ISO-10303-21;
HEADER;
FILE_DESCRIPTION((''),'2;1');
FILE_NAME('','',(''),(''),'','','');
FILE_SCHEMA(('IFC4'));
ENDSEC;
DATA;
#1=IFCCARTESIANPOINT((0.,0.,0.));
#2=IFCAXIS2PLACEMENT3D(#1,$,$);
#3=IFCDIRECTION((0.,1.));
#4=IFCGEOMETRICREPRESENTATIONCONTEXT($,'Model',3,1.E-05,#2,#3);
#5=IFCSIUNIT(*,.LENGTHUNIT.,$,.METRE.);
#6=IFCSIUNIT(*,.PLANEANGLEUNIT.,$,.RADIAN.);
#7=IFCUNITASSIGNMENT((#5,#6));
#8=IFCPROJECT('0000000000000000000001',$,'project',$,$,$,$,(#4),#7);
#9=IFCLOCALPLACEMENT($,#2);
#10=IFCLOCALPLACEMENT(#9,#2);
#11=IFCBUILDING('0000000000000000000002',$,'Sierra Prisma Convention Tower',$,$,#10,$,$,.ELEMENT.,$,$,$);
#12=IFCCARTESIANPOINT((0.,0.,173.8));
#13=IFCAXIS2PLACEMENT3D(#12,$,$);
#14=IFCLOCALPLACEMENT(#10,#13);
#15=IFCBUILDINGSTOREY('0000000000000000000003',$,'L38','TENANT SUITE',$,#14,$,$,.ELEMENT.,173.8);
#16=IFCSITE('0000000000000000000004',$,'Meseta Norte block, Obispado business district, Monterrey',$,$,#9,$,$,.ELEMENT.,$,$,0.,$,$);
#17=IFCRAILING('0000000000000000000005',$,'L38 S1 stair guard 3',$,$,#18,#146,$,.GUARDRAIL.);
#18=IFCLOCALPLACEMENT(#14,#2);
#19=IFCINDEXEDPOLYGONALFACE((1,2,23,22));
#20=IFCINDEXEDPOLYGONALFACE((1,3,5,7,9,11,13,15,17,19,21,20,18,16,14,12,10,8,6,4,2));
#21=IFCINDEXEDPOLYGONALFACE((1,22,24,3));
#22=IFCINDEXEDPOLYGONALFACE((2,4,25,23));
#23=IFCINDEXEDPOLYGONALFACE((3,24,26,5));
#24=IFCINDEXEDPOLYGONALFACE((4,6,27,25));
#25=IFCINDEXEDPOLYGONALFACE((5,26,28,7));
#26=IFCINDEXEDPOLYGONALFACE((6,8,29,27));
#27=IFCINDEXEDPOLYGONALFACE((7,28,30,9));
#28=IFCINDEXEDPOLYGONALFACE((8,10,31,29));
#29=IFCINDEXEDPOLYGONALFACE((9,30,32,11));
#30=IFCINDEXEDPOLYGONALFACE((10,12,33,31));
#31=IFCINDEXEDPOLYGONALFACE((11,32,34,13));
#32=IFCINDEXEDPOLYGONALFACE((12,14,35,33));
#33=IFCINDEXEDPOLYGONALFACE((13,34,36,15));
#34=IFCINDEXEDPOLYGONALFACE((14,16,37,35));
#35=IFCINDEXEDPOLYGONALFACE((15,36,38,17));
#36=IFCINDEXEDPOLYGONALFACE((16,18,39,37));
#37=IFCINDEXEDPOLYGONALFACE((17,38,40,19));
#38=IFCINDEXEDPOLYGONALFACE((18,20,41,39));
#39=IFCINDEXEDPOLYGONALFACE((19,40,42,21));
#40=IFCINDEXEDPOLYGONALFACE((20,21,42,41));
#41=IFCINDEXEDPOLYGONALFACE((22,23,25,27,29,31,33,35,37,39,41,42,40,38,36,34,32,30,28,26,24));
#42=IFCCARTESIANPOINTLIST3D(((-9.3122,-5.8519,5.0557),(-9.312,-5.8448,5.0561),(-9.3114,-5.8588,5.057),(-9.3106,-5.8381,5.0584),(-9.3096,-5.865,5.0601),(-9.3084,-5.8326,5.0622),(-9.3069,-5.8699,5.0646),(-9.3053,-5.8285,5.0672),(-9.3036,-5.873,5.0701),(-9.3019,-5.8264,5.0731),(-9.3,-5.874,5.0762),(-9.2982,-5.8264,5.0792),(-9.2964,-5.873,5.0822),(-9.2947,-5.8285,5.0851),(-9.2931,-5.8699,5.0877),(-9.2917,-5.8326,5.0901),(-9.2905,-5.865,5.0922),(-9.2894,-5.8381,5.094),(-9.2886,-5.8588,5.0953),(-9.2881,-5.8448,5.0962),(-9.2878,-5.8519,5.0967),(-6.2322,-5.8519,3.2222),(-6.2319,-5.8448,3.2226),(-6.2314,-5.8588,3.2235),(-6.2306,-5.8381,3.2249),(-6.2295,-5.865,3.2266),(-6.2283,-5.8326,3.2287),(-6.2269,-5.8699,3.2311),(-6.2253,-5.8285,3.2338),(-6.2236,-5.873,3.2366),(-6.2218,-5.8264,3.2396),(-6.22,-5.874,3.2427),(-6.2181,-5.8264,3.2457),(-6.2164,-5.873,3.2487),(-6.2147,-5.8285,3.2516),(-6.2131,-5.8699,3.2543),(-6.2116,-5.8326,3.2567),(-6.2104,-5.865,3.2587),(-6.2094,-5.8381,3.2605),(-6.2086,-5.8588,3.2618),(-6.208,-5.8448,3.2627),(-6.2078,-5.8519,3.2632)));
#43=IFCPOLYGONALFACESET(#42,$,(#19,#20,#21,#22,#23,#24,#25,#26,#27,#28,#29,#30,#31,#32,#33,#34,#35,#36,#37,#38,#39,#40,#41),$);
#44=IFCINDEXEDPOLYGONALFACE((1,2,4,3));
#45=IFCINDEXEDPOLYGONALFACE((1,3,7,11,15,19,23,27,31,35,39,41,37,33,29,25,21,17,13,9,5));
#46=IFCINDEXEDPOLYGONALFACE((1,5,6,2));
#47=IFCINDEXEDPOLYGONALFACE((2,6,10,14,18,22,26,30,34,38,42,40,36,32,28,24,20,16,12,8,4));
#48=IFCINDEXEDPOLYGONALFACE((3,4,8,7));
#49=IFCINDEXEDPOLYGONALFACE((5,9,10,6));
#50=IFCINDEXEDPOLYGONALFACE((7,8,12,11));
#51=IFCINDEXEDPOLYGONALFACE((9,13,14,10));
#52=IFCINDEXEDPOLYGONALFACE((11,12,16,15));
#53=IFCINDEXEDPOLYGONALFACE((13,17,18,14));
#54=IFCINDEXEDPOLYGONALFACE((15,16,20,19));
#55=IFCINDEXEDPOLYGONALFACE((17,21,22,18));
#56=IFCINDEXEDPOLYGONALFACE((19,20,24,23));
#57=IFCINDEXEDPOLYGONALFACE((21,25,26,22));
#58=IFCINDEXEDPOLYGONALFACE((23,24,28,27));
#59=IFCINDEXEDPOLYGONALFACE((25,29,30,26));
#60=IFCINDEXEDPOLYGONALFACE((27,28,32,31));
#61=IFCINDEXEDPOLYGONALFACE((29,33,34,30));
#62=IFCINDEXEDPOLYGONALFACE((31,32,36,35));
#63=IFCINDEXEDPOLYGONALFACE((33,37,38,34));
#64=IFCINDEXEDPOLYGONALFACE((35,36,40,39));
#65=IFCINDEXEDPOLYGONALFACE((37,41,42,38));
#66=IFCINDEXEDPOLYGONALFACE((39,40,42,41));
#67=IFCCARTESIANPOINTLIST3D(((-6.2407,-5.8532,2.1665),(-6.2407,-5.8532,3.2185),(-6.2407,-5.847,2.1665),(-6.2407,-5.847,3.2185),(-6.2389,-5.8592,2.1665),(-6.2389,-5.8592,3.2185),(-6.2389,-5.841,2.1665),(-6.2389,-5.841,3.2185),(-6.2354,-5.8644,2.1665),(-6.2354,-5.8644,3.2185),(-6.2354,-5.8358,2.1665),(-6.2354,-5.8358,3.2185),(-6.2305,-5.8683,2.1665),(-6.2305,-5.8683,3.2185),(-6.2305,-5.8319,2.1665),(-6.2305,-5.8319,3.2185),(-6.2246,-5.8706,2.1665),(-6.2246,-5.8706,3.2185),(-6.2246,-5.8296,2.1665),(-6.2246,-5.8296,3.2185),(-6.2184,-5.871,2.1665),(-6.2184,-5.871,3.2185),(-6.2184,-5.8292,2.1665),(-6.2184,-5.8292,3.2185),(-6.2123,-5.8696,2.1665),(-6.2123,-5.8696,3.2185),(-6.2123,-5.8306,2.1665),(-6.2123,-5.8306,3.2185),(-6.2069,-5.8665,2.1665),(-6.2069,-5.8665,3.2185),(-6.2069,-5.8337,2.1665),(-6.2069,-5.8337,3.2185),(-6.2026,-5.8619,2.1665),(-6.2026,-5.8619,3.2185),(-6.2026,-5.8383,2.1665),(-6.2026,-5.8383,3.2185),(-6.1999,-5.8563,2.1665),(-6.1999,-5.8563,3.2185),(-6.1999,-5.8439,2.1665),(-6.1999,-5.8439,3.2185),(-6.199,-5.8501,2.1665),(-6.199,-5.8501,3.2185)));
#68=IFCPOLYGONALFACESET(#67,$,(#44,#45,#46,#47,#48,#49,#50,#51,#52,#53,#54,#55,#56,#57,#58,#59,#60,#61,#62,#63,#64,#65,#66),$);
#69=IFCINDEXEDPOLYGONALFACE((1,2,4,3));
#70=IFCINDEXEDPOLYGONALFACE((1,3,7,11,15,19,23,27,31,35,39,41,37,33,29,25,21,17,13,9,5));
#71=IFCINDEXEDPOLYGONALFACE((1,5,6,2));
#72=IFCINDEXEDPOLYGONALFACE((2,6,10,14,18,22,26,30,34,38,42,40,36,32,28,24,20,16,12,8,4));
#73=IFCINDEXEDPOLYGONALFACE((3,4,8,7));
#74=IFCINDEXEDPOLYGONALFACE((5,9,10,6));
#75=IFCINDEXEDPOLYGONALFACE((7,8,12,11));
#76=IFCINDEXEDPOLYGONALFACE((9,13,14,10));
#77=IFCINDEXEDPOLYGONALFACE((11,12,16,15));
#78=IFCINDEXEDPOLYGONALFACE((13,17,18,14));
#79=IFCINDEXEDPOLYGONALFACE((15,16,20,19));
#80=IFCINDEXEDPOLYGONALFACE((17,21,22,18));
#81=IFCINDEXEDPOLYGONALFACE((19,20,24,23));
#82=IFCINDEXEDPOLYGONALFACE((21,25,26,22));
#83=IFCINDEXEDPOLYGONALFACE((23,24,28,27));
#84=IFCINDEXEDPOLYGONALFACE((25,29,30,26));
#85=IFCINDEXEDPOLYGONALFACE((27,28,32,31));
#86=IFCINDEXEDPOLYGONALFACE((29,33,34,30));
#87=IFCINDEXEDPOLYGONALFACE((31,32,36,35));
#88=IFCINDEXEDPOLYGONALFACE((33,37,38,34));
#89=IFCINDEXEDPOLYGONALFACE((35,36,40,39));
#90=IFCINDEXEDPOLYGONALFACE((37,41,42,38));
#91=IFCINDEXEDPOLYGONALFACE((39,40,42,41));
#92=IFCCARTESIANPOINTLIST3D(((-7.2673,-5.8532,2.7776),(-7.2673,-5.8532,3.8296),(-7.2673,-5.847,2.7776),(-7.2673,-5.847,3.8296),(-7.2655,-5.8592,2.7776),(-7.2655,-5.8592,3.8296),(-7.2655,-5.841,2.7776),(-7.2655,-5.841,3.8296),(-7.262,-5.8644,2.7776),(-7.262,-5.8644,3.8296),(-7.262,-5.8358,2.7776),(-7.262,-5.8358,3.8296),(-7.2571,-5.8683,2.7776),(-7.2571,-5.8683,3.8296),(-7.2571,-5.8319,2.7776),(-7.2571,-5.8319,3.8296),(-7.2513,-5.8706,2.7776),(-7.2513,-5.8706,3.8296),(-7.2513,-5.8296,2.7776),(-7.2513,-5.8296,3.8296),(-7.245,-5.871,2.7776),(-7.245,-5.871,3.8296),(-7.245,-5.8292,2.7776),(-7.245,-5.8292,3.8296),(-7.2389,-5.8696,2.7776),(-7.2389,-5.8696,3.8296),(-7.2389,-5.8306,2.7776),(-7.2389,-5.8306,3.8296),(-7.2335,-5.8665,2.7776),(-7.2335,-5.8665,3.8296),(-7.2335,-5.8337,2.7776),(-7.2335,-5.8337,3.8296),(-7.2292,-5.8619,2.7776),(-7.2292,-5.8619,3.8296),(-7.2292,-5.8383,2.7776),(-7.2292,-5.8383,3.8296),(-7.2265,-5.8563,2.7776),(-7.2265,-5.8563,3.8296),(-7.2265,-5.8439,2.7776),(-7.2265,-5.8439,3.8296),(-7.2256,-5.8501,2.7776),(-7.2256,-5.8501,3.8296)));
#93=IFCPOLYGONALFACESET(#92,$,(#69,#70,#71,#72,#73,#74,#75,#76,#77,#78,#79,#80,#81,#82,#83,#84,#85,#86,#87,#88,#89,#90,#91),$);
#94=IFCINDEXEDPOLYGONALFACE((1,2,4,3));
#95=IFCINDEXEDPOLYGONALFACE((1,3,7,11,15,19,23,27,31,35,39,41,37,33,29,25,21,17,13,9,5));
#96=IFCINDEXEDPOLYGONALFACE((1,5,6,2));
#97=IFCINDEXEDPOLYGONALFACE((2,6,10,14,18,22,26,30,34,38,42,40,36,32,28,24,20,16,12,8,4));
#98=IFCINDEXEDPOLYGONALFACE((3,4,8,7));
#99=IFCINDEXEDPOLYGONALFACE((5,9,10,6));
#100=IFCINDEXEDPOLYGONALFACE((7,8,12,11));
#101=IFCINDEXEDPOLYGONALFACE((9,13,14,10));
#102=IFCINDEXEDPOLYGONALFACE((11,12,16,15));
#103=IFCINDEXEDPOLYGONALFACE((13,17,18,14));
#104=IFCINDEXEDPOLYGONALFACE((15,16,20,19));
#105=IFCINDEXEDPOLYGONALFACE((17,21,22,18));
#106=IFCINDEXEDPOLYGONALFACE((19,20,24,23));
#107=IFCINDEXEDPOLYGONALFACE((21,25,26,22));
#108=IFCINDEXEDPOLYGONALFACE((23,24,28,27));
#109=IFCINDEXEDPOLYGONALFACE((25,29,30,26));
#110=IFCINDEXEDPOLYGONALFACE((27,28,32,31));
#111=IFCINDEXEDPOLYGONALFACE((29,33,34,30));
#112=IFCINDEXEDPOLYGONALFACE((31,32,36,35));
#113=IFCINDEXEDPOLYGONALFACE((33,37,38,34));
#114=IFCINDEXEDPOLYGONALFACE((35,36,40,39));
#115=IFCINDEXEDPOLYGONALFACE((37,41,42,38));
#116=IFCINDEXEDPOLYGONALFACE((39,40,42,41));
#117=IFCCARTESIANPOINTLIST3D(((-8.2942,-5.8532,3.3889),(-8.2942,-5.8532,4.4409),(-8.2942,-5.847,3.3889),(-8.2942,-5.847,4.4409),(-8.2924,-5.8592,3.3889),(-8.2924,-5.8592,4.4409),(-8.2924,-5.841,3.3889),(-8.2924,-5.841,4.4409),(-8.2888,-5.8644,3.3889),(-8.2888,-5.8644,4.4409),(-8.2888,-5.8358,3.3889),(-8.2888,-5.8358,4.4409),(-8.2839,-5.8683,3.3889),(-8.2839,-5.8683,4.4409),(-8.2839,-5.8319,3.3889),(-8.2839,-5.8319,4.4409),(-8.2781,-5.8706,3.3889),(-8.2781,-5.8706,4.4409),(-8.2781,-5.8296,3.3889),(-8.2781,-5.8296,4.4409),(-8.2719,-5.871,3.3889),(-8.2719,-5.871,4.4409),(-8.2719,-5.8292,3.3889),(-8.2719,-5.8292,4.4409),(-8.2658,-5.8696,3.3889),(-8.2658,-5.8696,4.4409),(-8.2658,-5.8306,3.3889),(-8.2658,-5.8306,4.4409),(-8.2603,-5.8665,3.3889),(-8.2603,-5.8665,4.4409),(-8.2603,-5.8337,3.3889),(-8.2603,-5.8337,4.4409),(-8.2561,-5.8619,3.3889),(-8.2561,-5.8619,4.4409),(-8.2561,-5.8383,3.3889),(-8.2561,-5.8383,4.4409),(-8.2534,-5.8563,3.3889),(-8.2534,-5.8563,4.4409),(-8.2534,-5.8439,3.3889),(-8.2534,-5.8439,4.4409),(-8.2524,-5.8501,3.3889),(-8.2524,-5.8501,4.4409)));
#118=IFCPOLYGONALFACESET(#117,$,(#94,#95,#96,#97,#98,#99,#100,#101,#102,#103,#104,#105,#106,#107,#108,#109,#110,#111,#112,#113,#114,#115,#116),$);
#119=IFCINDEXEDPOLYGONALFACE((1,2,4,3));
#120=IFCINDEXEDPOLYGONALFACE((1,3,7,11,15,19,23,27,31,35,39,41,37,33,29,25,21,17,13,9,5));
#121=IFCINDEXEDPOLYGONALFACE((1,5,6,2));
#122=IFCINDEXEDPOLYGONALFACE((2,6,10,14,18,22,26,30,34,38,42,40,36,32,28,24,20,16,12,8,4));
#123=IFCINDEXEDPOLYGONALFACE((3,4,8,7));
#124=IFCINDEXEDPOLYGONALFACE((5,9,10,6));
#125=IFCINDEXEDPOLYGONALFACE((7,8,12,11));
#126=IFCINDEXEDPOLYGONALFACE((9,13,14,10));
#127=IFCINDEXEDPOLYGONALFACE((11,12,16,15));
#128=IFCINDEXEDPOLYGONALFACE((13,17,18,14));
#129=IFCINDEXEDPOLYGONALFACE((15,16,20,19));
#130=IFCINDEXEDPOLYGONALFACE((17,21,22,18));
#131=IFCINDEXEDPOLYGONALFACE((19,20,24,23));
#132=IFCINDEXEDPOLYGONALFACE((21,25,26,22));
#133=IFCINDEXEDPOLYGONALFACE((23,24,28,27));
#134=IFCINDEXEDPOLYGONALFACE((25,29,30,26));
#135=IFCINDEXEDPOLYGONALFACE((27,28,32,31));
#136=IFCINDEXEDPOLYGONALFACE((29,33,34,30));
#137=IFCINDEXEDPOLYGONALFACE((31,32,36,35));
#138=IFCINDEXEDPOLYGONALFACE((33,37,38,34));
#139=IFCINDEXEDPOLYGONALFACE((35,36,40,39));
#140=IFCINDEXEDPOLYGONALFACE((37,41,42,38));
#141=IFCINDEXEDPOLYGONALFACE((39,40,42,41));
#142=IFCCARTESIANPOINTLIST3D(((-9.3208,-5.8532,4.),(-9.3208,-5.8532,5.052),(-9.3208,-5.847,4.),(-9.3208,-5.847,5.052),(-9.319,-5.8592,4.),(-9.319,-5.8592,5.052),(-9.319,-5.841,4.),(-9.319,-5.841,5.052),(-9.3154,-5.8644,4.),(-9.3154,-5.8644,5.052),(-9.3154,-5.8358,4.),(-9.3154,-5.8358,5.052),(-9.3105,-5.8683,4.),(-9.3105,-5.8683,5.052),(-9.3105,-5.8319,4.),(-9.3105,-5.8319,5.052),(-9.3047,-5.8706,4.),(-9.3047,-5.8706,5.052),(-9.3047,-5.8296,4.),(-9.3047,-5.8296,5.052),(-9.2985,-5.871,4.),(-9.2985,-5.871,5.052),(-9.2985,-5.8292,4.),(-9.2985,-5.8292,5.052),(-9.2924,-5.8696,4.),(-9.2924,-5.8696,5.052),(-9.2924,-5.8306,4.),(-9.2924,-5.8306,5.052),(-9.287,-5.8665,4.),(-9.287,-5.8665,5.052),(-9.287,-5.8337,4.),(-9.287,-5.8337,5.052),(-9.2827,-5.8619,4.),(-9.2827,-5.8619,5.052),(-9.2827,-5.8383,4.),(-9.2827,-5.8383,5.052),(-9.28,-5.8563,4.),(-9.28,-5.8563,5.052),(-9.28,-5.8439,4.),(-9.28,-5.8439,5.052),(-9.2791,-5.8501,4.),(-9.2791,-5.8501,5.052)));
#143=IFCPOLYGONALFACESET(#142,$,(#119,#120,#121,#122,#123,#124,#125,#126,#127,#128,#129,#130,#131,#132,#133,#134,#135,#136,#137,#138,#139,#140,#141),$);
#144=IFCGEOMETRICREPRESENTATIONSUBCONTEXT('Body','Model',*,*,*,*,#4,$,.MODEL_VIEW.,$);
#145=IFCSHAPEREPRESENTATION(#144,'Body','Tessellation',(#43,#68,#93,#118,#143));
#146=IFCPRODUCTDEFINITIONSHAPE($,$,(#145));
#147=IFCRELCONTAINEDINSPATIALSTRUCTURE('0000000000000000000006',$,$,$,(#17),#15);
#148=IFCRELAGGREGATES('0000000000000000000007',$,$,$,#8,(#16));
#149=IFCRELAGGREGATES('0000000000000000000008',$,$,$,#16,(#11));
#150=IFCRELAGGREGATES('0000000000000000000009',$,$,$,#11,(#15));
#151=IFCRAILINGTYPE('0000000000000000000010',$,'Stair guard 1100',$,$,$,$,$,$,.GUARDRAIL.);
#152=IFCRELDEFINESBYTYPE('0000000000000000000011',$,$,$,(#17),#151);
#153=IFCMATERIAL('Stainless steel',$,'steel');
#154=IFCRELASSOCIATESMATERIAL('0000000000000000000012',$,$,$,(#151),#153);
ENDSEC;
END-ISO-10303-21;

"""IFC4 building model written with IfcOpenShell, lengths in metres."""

from ifc_helpers import new_model, si_unit, direction, frame, origin, origin_2d, place, context, subcontext, project, spatial, circle, extrude, material, type_object, element, save


model = new_model("IFC4")

# Units and contexts
model_context = context("Model", 3, precision=1e-05, world=origin(), true_north=direction((0.0, 1.0)))
body_context = subcontext(model_context, "Body", "Model", "MODEL_VIEW")
ifc_project = project(units=[si_unit("LENGTHUNIT", "METRE"), si_unit("PLANEANGLEUNIT", "RADIAN")], contexts=[model_context])

# Site, building, storey
site_placement = place(None, origin())
site = spatial("IfcSite", under=ifc_project, at=site_placement, Name="Meseta Norte block, Obispado business district, Monterrey", CompositionType="ELEMENT", RefElevation=0.0)
building_placement = place(site_placement, origin())
building = spatial("IfcBuilding", under=site, at=building_placement, Name="Sierra Prisma Convention Tower", CompositionType="ELEMENT")
storey_placement = place(building_placement, frame((0.0, 0.0, 173.8)))
storey = spatial("IfcBuildingStorey", under=building, at=storey_placement, Name="L38", Description="TENANT SUITE", CompositionType="ELEMENT", Elevation=173.8)

# Railing
ifc_material_1 = material(Name="Stainless steel", Category="steel")
railing_type_1 = type_object("IfcRailingType", Name="Stair guard 1100", PredefinedType="GUARDRAIL", material=ifc_material_1)
railing_1_placement = place(storey_placement, frame((-6.22, -5.8501, 2.1665)))
element("IfcRailing", 1, at=railing_1_placement, inside=storey, type_object=railing_type_1, Name="L38 S1 stair guard 3", PredefinedType="GUARDRAIL", context=body_context, shape_type="SweptSolid", body=[
    extrude(circle(Radius=0.0239, at=origin_2d()), frame((0.0, 0.0, 1.0762), z_axis=(-0.859279, 0.0, 0.511508), x_axis=(0.0, -1.0, 0.0)), (0.0, 0.0, 1.0), 3.5845),
    extrude(circle(Radius=0.021, at=origin_2d()), origin(), (0.0, 0.0, 1.0), 1.052),
    extrude(circle(Radius=0.021, at=origin_2d()), frame((-1.0266, 0.0, 0.6111)), (0.0, 0.0, 1.0), 1.052),
    extrude(circle(Radius=0.021, at=origin_2d()), frame((-2.0535, 0.0, 1.2224)), (0.0, 0.0, 1.0), 1.052),
    extrude(circle(Radius=0.021, at=origin_2d()), frame((-3.0801, 0.0, 1.8335)), (0.0, 0.0, 1.0), 1.052),
])

save(model, "model.ifc")
